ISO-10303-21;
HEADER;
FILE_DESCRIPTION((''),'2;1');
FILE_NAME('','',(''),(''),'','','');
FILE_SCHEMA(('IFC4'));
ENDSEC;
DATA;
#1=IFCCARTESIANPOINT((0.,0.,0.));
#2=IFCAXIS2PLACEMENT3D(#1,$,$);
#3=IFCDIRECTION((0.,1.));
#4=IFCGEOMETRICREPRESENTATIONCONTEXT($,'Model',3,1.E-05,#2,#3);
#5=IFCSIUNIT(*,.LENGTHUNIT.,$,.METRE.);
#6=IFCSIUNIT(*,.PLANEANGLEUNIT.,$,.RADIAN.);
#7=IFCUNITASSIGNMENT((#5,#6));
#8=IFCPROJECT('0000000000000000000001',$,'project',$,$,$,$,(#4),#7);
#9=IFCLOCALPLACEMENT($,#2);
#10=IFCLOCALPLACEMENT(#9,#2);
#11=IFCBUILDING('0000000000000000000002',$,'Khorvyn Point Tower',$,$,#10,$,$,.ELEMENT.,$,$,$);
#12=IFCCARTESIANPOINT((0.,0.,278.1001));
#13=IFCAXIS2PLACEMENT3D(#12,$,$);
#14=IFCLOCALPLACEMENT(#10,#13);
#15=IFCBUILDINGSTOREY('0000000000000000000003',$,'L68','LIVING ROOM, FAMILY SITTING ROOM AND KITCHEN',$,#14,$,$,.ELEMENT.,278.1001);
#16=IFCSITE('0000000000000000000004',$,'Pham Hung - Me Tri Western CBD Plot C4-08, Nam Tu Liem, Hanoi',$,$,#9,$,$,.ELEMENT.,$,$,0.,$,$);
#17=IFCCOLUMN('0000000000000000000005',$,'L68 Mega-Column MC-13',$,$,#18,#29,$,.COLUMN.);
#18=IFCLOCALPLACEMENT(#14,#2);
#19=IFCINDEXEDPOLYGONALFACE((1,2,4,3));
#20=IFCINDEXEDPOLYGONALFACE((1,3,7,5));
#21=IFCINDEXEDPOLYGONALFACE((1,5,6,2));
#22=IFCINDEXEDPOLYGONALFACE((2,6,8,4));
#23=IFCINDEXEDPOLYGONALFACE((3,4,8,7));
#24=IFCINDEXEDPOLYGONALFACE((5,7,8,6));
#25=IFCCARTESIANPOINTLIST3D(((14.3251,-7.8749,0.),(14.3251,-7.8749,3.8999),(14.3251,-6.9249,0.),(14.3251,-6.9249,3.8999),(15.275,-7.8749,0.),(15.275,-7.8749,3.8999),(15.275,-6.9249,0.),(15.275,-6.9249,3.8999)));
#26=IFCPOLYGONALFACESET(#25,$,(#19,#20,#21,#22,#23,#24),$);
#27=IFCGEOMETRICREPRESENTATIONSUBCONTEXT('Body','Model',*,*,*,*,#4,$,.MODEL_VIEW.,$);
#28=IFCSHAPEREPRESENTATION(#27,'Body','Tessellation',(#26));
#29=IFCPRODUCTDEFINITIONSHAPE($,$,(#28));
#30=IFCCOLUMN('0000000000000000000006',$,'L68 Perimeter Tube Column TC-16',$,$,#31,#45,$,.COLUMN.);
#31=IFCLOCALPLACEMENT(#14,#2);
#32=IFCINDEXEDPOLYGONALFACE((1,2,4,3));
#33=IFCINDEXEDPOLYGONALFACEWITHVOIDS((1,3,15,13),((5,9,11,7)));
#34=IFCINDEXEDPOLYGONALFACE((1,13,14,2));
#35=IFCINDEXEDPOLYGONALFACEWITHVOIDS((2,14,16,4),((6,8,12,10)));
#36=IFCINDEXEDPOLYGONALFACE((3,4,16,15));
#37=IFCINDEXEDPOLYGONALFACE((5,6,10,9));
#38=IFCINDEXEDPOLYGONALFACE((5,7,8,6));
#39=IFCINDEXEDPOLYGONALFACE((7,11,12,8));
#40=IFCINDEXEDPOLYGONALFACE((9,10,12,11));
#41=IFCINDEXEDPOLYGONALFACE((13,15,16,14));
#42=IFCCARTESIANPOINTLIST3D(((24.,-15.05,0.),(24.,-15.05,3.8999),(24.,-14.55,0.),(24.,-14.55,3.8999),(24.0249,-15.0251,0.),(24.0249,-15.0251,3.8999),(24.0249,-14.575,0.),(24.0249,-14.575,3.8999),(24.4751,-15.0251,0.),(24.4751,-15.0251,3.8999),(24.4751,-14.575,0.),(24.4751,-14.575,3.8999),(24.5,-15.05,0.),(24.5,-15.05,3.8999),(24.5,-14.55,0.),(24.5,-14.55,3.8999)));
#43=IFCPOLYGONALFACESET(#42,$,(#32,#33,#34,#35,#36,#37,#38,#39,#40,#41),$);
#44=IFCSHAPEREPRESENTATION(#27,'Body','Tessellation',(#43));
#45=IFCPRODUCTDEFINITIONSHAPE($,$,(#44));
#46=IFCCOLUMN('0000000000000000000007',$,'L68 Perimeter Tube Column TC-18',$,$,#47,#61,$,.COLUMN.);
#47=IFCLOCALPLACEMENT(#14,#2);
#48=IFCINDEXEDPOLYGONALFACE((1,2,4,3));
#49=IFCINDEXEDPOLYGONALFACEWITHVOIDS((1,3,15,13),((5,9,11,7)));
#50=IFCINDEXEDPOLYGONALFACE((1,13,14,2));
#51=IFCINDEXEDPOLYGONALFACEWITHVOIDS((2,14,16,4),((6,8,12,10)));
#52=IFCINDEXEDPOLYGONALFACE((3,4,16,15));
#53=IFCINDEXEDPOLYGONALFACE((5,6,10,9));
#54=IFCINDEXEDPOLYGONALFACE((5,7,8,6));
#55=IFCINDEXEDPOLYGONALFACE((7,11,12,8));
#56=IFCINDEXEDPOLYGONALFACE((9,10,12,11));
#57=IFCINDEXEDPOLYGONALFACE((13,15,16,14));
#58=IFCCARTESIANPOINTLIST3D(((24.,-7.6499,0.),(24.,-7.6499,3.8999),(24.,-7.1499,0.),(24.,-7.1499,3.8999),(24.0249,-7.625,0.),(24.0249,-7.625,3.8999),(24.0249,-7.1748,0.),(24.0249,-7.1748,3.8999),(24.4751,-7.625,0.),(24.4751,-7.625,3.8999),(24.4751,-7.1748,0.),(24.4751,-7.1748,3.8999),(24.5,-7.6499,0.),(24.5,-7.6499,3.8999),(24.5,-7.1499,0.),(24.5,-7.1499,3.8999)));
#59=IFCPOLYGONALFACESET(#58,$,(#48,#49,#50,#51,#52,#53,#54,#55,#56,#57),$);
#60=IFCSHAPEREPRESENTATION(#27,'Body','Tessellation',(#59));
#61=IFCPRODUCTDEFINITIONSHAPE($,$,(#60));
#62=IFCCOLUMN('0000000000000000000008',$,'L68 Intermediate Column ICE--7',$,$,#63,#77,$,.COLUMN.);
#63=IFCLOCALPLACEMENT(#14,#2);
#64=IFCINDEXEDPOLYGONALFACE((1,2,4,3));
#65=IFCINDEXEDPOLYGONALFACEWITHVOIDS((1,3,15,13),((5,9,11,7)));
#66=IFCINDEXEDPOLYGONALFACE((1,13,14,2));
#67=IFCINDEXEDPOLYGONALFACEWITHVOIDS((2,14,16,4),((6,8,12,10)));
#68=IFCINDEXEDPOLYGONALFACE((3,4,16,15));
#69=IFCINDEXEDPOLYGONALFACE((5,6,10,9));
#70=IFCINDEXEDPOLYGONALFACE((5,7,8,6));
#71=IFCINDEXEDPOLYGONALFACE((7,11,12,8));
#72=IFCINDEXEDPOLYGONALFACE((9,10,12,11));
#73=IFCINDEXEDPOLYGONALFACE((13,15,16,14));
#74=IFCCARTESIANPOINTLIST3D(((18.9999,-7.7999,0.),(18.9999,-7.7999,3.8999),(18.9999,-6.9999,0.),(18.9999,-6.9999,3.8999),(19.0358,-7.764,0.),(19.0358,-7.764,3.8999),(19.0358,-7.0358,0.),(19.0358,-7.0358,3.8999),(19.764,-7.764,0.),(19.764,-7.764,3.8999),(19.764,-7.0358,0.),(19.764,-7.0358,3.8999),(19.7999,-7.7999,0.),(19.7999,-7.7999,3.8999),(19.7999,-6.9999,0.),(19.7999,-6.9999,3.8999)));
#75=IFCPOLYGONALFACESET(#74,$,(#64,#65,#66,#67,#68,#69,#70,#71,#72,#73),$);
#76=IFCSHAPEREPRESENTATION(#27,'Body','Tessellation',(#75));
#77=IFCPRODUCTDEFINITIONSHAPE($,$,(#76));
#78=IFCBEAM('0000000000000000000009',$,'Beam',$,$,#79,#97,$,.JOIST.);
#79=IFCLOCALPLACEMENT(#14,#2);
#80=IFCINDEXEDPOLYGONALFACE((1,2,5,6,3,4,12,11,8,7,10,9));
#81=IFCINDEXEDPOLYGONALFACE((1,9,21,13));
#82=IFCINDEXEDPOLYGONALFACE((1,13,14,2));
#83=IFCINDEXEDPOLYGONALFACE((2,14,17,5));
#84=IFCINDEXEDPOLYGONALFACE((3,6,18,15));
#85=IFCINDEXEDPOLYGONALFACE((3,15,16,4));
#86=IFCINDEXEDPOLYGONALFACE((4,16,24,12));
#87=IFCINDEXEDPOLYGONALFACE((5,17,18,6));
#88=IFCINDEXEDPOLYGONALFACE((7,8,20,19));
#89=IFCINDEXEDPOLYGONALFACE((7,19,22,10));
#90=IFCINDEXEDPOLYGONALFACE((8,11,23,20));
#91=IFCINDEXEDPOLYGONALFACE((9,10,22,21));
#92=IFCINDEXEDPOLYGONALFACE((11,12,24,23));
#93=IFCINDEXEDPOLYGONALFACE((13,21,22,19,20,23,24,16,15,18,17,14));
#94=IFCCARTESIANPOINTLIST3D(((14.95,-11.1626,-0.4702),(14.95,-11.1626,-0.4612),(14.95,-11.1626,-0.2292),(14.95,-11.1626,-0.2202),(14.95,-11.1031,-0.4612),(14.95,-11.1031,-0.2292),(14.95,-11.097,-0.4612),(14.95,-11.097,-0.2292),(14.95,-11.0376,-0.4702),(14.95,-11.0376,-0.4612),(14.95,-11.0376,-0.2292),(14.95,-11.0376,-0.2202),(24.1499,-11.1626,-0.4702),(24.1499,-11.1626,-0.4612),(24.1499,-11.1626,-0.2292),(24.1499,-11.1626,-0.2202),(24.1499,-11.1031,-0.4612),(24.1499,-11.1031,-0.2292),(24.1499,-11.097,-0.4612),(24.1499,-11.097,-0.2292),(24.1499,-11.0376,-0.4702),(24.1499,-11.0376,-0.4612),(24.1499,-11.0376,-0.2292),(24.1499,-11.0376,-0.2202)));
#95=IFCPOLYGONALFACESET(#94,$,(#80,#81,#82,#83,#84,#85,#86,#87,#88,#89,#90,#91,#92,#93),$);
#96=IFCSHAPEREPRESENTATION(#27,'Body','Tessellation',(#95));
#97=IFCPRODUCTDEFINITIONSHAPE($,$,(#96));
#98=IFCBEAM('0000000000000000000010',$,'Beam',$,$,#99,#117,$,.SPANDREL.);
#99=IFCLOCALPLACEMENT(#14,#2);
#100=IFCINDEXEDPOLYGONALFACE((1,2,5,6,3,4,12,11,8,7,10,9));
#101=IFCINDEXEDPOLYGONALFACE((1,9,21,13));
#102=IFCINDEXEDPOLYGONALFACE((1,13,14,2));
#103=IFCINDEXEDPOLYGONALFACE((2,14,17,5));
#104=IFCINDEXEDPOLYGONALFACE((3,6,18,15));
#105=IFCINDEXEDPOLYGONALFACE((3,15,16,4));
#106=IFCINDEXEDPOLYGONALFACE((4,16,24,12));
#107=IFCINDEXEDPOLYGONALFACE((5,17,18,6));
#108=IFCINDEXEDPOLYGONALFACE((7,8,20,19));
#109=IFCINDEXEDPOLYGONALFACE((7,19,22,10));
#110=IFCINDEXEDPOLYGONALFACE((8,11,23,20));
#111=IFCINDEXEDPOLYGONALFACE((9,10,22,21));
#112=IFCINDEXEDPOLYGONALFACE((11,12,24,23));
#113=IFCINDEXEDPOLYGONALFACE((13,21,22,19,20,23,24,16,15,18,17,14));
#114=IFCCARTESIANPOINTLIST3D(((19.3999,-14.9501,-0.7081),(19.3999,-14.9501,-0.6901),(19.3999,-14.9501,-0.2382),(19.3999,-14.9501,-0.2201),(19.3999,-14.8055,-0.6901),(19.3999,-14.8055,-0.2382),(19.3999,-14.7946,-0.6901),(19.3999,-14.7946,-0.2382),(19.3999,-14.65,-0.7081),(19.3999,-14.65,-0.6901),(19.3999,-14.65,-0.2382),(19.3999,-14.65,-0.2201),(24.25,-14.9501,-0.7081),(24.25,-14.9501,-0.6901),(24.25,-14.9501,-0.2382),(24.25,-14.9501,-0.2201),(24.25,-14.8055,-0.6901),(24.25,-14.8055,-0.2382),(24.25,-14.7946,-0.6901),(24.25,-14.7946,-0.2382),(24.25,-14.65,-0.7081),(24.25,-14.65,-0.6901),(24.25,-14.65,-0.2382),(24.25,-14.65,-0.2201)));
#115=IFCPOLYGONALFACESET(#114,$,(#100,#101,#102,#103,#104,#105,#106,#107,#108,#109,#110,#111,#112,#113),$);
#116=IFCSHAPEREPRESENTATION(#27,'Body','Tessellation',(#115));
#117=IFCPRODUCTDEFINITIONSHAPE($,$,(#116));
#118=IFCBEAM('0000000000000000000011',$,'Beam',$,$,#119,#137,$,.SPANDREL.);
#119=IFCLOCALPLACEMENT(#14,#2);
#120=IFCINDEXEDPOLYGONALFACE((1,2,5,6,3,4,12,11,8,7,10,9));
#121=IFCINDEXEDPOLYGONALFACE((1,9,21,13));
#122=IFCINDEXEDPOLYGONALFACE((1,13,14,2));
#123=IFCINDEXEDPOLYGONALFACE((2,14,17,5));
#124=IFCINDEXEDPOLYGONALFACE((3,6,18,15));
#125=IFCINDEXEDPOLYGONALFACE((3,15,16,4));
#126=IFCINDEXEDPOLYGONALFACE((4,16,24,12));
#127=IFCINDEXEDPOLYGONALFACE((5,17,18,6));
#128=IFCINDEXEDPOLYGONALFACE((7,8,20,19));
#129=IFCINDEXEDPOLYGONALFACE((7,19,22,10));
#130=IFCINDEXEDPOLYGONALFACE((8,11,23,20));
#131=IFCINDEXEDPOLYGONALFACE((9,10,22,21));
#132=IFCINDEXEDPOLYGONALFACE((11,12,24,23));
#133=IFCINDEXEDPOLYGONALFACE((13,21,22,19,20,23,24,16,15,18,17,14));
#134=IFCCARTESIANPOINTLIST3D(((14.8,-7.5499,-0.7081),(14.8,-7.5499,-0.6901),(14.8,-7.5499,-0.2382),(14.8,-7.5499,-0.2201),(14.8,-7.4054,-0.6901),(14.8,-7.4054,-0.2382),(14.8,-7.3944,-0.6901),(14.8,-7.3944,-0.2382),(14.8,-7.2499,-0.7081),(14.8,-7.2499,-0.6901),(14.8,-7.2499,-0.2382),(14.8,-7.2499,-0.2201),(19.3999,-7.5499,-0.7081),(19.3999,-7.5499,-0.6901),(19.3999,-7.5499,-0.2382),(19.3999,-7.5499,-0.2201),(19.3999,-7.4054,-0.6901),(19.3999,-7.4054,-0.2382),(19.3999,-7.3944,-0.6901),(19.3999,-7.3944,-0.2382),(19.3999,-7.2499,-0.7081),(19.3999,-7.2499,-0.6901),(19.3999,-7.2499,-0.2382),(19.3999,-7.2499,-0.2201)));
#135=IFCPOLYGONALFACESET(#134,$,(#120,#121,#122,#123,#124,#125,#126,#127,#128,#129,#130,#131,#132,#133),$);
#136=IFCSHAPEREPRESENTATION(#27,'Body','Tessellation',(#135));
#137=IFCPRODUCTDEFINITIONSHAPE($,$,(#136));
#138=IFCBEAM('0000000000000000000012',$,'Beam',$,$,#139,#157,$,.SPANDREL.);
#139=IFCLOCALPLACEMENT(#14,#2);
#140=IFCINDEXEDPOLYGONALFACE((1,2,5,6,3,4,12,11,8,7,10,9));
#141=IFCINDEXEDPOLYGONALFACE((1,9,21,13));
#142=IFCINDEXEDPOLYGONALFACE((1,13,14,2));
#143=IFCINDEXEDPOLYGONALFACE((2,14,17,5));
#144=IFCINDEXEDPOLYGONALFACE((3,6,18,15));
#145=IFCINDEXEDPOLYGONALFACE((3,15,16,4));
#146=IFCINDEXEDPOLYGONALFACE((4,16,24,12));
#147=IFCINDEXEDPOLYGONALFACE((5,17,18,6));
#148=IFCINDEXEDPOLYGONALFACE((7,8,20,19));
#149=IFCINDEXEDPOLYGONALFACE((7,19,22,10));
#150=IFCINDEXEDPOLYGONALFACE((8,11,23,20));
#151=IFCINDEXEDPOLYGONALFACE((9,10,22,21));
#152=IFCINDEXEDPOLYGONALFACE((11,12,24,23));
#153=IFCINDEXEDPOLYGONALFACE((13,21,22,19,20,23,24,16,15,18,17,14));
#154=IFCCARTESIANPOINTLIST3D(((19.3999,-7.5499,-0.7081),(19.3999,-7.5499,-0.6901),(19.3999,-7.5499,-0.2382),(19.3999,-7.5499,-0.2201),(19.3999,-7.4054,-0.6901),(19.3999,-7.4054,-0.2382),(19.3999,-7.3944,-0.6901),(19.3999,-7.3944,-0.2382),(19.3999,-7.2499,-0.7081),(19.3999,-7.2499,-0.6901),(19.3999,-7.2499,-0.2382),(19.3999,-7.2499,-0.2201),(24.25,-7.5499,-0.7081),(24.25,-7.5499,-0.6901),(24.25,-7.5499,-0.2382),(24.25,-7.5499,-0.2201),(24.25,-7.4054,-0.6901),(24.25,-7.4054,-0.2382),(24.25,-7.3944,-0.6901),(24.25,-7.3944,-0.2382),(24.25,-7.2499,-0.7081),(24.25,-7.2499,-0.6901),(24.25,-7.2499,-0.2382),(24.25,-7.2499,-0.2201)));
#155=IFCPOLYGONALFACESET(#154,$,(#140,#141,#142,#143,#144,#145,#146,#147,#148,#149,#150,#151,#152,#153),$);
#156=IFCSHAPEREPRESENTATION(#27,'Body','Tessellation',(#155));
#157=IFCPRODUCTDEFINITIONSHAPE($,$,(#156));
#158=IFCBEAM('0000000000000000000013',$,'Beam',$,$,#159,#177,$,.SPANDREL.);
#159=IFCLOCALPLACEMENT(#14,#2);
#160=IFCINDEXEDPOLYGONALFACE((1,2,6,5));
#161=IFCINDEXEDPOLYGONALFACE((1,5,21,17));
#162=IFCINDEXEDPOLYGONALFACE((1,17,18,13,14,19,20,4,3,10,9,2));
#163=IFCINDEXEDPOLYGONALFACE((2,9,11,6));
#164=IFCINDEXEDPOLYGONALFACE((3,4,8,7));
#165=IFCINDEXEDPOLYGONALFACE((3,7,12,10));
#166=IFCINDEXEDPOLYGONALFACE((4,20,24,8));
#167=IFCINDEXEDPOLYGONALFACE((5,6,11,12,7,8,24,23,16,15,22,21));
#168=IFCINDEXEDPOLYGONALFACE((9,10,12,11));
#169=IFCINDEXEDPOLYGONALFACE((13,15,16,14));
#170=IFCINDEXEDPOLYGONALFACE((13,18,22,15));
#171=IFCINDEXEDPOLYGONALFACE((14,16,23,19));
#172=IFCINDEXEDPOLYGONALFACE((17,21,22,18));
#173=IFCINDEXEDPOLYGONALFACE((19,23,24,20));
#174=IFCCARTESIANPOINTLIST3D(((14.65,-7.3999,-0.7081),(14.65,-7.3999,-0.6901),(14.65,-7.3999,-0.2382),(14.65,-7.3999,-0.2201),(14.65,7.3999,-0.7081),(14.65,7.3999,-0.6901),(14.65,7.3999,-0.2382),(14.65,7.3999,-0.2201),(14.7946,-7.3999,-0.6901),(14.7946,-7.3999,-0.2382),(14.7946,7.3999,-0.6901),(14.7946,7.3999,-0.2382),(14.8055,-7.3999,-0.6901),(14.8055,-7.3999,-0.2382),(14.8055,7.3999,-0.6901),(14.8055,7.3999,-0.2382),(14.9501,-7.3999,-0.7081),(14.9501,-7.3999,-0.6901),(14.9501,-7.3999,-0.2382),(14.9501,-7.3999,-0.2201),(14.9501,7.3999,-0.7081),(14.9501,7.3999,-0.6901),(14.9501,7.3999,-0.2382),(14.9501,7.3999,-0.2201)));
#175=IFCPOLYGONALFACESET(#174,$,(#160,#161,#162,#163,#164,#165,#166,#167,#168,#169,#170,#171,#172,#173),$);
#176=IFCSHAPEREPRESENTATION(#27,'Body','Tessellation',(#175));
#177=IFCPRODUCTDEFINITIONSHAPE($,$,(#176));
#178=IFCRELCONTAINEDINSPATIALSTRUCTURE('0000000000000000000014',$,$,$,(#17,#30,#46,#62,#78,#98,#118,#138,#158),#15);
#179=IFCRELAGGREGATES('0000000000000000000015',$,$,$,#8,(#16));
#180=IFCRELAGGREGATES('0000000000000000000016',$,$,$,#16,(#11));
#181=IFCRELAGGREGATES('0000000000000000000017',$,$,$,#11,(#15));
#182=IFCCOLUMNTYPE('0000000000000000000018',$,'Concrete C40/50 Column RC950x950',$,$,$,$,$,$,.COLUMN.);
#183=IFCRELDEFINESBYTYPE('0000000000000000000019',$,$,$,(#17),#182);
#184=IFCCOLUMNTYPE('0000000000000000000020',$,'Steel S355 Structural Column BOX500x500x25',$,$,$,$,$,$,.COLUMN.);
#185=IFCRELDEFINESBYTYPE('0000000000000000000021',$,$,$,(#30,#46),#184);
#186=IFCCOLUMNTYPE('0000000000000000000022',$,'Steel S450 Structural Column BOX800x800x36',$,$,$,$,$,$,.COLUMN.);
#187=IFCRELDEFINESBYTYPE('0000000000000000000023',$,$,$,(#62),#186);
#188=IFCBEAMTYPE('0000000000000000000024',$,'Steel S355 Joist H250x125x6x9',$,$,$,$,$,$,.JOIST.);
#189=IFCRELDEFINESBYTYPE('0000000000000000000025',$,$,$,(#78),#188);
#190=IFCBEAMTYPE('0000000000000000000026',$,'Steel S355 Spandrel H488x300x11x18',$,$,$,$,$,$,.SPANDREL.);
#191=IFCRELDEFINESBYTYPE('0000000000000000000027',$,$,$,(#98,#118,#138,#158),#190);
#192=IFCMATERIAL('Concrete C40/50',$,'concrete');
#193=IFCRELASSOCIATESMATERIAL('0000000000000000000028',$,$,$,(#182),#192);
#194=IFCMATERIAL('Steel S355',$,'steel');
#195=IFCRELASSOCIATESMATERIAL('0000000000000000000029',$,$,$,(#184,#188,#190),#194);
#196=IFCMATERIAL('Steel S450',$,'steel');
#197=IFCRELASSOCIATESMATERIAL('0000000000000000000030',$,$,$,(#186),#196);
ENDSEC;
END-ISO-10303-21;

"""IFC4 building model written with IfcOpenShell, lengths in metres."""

from ifc_helpers import new_model, si_unit, direction, frame, origin, origin_2d, place, context, subcontext, project, spatial, rectangle, hollow_rectangle, i_section, extrude, material, material_profile, profile_set, type_object, element, save


model = new_model("IFC4")

# Units and contexts
model_context = context("Model", 3, precision=1e-05, world=origin(), true_north=direction((0.0, 1.0)))
body_context = subcontext(model_context, "Body", "Model", "MODEL_VIEW")
ifc_project = project(units=[si_unit("LENGTHUNIT", "METRE"), si_unit("PLANEANGLEUNIT", "RADIAN")], contexts=[model_context])

# Site, building, storey
site_placement = place(None, origin())
site = spatial("IfcSite", under=ifc_project, at=site_placement, Name="Pham Hung - Me Tri Western CBD Plot C4-08, Nam Tu Liem, Hanoi", CompositionType="ELEMENT", RefElevation=0.0)
building_placement = place(site_placement, origin())
building = spatial("IfcBuilding", under=site, at=building_placement, Name="Khorvyn Point Tower", CompositionType="ELEMENT")
storey_placement = place(building_placement, frame((0.0, 0.0, 278.1001)))
storey = spatial("IfcBuildingStorey", under=building, at=storey_placement, Name="L68", Description="LIVING ROOM, FAMILY SITTING ROOM AND KITCHEN", CompositionType="ELEMENT", Elevation=278.1001)

# Columns
ifc_material_1 = material(Name="Concrete C40/50", Category="concrete")
ifc_material_profile_1 = material_profile(ifc_material_1, rectangle(XDim=0.95, YDim=0.95, at=origin_2d()))
ifc_profile_set_1 = profile_set([ifc_material_profile_1], Name="Concrete C40/50 RC950x950")
column_type_1 = type_object("IfcColumnType", Name="Concrete C40/50 Column RC950x950", PredefinedType="COLUMN", material=ifc_profile_set_1)
column_1_placement = place(storey_placement, frame((14.8, -7.3999, 0.0), z_axis=(0.0, 0.0, 1.0), x_axis=(1.0, 0.0, 0.0)))
element("IfcColumn", 1, at=column_1_placement, inside=storey, type_object=column_type_1, Name="L68 Mega-Column MC-13", PredefinedType="COLUMN", context=body_context, shape_type="SweptSolid", body=[
    extrude(rectangle(XDim=0.95, YDim=0.95, at=origin_2d()), origin(), (0.0, 0.0, 1.0), 3.8999),
])
ifc_material_2 = material(Name="Steel S355", Category="steel")
ifc_material_profile_2 = material_profile(ifc_material_2, hollow_rectangle(XDim=0.5, YDim=0.5, WallThickness=0.0249, at=origin_2d()))
ifc_profile_set_2 = profile_set([ifc_material_profile_2], Name="Steel S355 BOX500x500x25")
column_type_2 = type_object("IfcColumnType", Name="Steel S355 Structural Column BOX500x500x25", PredefinedType="COLUMN", material=ifc_profile_set_2)
for number, where, z_axis, x_axis, name in (
    (2, (24.25, -14.8, 0.0), (0.0, 0.0, 1.0), (1.0, 0.0, 0.0), "L68 Perimeter Tube Column TC-16"),
    (3, (24.25, -7.3999, 0.0), (0.0, 0.0, 1.0), (1.0, 0.0, 0.0), "L68 Perimeter Tube Column TC-18"),
):
    element("IfcColumn", number, at=place(storey_placement, frame(where, z_axis=z_axis, x_axis=x_axis)), inside=storey, type_object=column_type_2, Name=name, PredefinedType="COLUMN", context=body_context, shape_type="SweptSolid", body=[
        extrude(hollow_rectangle(XDim=0.5, YDim=0.5, WallThickness=0.0249, at=origin_2d()), origin(), (0.0, 0.0, 1.0), 3.8999),
    ])
ifc_material_3 = material(Name="Steel S450", Category="steel")
ifc_material_profile_3 = material_profile(ifc_material_3, hollow_rectangle(XDim=0.8, YDim=0.8, WallThickness=0.0359, at=origin_2d()))
ifc_profile_set_3 = profile_set([ifc_material_profile_3], Name="Steel S450 BOX800x800x36")
column_type_3 = type_object("IfcColumnType", Name="Steel S450 Structural Column BOX800x800x36", PredefinedType="COLUMN", material=ifc_profile_set_3)
column_2_placement = place(storey_placement, frame((19.3999, -7.3999, 0.0), z_axis=(0.0, 0.0, 1.0), x_axis=(1.0, 0.0, 0.0)))
element("IfcColumn", 4, at=column_2_placement, inside=storey, type_object=column_type_3, Name="L68 Intermediate Column ICE--7", PredefinedType="COLUMN", context=body_context, shape_type="SweptSolid", body=[
    extrude(hollow_rectangle(XDim=0.8, YDim=0.8, WallThickness=0.0359, at=origin_2d()), origin(), (0.0, 0.0, 1.0), 3.8999),
])

# Beams
ifc_material_profile_4 = material_profile(ifc_material_2, i_section(OverallWidth=0.125, OverallDepth=0.25, WebThickness=0.0061, FlangeThickness=0.009, at=origin_2d()))
ifc_profile_set_4 = profile_set([ifc_material_profile_4], Name="Steel S355 H250x125x6x9")
beam_type_1 = type_object("IfcBeamType", Name="Steel S355 Joist H250x125x6x9", PredefinedType="JOIST", material=ifc_profile_set_4)
beam_1_placement = place(storey_placement, frame((14.95, -11.1001, -0.3452), z_axis=(1.0, 0.0, 0.0), x_axis=(0.0, 1.0, 0.0)))
element("IfcBeam", 5, at=beam_1_placement, inside=storey, type_object=beam_type_1, Name="Beam", PredefinedType="JOIST", context=body_context, shape_type="SweptSolid", body=[
    extrude(i_section(OverallWidth=0.125, OverallDepth=0.25, WebThickness=0.0061, FlangeThickness=0.009, at=origin_2d()), origin(), (0.0, 0.0, 1.0), 9.2),
])
ifc_material_profile_5 = material_profile(ifc_material_2, i_section(OverallWidth=0.3, OverallDepth=0.488, WebThickness=0.011, FlangeThickness=0.0181, at=origin_2d()))
ifc_profile_set_5 = profile_set([ifc_material_profile_5], Name="Steel S355 H488x300x11x18")
beam_type_2 = type_object("IfcBeamType", Name="Steel S355 Spandrel H488x300x11x18", PredefinedType="SPANDREL", material=ifc_profile_set_5)
beam_2_placement = place(storey_placement, frame((19.3999, -14.8, -0.4641), z_axis=(1.0, 0.0, 0.0), x_axis=(0.0, 1.0, 0.0)))
element("IfcBeam", 6, at=beam_2_placement, inside=storey, type_object=beam_type_2, Name="Beam", PredefinedType="SPANDREL", context=body_context, shape_type="SweptSolid", body=[
    extrude(i_section(OverallWidth=0.3, OverallDepth=0.488, WebThickness=0.011, FlangeThickness=0.0181, at=origin_2d()), origin(), (0.0, 0.0, 1.0), 4.8501),
])
beam_3_placement = place(storey_placement, frame((14.8, -7.3999, -0.4641), z_axis=(1.0, 0.0, 0.0), x_axis=(0.0, 1.0, 0.0)))
element("IfcBeam", 7, at=beam_3_placement, inside=storey, type_object=beam_type_2, Name="Beam", PredefinedType="SPANDREL", context=body_context, shape_type="SweptSolid", body=[
    extrude(i_section(OverallWidth=0.3, OverallDepth=0.488, WebThickness=0.011, FlangeThickness=0.0181, at=origin_2d()), origin(), (0.0, 0.0, 1.0), 4.5999),
])
beam_4_placement = place(storey_placement, frame((19.3999, -7.3999, -0.4641), z_axis=(1.0, 0.0, 0.0), x_axis=(0.0, 1.0, 0.0)))
element("IfcBeam", 8, at=beam_4_placement, inside=storey, type_object=beam_type_2, Name="Beam", PredefinedType="SPANDREL", context=body_context, shape_type="SweptSolid", body=[
    extrude(i_section(OverallWidth=0.3, OverallDepth=0.488, WebThickness=0.011, FlangeThickness=0.0181, at=origin_2d()), origin(), (0.0, 0.0, 1.0), 4.8501),
])
beam_5_placement = place(storey_placement, frame((14.8, -7.3999, -0.4641), z_axis=(0.0, 1.0, 0.0), x_axis=(-1.0, 0.0, 0.0)))
element("IfcBeam", 9, at=beam_5_placement, inside=storey, type_object=beam_type_2, Name="Beam", PredefinedType="SPANDREL", context=body_context, shape_type="SweptSolid", body=[
    extrude(i_section(OverallWidth=0.3, OverallDepth=0.488, WebThickness=0.011, FlangeThickness=0.0181, at=origin_2d()), origin(), (0.0, 0.0, 1.0), 14.7998),
])

save(model, "model.ifc")
